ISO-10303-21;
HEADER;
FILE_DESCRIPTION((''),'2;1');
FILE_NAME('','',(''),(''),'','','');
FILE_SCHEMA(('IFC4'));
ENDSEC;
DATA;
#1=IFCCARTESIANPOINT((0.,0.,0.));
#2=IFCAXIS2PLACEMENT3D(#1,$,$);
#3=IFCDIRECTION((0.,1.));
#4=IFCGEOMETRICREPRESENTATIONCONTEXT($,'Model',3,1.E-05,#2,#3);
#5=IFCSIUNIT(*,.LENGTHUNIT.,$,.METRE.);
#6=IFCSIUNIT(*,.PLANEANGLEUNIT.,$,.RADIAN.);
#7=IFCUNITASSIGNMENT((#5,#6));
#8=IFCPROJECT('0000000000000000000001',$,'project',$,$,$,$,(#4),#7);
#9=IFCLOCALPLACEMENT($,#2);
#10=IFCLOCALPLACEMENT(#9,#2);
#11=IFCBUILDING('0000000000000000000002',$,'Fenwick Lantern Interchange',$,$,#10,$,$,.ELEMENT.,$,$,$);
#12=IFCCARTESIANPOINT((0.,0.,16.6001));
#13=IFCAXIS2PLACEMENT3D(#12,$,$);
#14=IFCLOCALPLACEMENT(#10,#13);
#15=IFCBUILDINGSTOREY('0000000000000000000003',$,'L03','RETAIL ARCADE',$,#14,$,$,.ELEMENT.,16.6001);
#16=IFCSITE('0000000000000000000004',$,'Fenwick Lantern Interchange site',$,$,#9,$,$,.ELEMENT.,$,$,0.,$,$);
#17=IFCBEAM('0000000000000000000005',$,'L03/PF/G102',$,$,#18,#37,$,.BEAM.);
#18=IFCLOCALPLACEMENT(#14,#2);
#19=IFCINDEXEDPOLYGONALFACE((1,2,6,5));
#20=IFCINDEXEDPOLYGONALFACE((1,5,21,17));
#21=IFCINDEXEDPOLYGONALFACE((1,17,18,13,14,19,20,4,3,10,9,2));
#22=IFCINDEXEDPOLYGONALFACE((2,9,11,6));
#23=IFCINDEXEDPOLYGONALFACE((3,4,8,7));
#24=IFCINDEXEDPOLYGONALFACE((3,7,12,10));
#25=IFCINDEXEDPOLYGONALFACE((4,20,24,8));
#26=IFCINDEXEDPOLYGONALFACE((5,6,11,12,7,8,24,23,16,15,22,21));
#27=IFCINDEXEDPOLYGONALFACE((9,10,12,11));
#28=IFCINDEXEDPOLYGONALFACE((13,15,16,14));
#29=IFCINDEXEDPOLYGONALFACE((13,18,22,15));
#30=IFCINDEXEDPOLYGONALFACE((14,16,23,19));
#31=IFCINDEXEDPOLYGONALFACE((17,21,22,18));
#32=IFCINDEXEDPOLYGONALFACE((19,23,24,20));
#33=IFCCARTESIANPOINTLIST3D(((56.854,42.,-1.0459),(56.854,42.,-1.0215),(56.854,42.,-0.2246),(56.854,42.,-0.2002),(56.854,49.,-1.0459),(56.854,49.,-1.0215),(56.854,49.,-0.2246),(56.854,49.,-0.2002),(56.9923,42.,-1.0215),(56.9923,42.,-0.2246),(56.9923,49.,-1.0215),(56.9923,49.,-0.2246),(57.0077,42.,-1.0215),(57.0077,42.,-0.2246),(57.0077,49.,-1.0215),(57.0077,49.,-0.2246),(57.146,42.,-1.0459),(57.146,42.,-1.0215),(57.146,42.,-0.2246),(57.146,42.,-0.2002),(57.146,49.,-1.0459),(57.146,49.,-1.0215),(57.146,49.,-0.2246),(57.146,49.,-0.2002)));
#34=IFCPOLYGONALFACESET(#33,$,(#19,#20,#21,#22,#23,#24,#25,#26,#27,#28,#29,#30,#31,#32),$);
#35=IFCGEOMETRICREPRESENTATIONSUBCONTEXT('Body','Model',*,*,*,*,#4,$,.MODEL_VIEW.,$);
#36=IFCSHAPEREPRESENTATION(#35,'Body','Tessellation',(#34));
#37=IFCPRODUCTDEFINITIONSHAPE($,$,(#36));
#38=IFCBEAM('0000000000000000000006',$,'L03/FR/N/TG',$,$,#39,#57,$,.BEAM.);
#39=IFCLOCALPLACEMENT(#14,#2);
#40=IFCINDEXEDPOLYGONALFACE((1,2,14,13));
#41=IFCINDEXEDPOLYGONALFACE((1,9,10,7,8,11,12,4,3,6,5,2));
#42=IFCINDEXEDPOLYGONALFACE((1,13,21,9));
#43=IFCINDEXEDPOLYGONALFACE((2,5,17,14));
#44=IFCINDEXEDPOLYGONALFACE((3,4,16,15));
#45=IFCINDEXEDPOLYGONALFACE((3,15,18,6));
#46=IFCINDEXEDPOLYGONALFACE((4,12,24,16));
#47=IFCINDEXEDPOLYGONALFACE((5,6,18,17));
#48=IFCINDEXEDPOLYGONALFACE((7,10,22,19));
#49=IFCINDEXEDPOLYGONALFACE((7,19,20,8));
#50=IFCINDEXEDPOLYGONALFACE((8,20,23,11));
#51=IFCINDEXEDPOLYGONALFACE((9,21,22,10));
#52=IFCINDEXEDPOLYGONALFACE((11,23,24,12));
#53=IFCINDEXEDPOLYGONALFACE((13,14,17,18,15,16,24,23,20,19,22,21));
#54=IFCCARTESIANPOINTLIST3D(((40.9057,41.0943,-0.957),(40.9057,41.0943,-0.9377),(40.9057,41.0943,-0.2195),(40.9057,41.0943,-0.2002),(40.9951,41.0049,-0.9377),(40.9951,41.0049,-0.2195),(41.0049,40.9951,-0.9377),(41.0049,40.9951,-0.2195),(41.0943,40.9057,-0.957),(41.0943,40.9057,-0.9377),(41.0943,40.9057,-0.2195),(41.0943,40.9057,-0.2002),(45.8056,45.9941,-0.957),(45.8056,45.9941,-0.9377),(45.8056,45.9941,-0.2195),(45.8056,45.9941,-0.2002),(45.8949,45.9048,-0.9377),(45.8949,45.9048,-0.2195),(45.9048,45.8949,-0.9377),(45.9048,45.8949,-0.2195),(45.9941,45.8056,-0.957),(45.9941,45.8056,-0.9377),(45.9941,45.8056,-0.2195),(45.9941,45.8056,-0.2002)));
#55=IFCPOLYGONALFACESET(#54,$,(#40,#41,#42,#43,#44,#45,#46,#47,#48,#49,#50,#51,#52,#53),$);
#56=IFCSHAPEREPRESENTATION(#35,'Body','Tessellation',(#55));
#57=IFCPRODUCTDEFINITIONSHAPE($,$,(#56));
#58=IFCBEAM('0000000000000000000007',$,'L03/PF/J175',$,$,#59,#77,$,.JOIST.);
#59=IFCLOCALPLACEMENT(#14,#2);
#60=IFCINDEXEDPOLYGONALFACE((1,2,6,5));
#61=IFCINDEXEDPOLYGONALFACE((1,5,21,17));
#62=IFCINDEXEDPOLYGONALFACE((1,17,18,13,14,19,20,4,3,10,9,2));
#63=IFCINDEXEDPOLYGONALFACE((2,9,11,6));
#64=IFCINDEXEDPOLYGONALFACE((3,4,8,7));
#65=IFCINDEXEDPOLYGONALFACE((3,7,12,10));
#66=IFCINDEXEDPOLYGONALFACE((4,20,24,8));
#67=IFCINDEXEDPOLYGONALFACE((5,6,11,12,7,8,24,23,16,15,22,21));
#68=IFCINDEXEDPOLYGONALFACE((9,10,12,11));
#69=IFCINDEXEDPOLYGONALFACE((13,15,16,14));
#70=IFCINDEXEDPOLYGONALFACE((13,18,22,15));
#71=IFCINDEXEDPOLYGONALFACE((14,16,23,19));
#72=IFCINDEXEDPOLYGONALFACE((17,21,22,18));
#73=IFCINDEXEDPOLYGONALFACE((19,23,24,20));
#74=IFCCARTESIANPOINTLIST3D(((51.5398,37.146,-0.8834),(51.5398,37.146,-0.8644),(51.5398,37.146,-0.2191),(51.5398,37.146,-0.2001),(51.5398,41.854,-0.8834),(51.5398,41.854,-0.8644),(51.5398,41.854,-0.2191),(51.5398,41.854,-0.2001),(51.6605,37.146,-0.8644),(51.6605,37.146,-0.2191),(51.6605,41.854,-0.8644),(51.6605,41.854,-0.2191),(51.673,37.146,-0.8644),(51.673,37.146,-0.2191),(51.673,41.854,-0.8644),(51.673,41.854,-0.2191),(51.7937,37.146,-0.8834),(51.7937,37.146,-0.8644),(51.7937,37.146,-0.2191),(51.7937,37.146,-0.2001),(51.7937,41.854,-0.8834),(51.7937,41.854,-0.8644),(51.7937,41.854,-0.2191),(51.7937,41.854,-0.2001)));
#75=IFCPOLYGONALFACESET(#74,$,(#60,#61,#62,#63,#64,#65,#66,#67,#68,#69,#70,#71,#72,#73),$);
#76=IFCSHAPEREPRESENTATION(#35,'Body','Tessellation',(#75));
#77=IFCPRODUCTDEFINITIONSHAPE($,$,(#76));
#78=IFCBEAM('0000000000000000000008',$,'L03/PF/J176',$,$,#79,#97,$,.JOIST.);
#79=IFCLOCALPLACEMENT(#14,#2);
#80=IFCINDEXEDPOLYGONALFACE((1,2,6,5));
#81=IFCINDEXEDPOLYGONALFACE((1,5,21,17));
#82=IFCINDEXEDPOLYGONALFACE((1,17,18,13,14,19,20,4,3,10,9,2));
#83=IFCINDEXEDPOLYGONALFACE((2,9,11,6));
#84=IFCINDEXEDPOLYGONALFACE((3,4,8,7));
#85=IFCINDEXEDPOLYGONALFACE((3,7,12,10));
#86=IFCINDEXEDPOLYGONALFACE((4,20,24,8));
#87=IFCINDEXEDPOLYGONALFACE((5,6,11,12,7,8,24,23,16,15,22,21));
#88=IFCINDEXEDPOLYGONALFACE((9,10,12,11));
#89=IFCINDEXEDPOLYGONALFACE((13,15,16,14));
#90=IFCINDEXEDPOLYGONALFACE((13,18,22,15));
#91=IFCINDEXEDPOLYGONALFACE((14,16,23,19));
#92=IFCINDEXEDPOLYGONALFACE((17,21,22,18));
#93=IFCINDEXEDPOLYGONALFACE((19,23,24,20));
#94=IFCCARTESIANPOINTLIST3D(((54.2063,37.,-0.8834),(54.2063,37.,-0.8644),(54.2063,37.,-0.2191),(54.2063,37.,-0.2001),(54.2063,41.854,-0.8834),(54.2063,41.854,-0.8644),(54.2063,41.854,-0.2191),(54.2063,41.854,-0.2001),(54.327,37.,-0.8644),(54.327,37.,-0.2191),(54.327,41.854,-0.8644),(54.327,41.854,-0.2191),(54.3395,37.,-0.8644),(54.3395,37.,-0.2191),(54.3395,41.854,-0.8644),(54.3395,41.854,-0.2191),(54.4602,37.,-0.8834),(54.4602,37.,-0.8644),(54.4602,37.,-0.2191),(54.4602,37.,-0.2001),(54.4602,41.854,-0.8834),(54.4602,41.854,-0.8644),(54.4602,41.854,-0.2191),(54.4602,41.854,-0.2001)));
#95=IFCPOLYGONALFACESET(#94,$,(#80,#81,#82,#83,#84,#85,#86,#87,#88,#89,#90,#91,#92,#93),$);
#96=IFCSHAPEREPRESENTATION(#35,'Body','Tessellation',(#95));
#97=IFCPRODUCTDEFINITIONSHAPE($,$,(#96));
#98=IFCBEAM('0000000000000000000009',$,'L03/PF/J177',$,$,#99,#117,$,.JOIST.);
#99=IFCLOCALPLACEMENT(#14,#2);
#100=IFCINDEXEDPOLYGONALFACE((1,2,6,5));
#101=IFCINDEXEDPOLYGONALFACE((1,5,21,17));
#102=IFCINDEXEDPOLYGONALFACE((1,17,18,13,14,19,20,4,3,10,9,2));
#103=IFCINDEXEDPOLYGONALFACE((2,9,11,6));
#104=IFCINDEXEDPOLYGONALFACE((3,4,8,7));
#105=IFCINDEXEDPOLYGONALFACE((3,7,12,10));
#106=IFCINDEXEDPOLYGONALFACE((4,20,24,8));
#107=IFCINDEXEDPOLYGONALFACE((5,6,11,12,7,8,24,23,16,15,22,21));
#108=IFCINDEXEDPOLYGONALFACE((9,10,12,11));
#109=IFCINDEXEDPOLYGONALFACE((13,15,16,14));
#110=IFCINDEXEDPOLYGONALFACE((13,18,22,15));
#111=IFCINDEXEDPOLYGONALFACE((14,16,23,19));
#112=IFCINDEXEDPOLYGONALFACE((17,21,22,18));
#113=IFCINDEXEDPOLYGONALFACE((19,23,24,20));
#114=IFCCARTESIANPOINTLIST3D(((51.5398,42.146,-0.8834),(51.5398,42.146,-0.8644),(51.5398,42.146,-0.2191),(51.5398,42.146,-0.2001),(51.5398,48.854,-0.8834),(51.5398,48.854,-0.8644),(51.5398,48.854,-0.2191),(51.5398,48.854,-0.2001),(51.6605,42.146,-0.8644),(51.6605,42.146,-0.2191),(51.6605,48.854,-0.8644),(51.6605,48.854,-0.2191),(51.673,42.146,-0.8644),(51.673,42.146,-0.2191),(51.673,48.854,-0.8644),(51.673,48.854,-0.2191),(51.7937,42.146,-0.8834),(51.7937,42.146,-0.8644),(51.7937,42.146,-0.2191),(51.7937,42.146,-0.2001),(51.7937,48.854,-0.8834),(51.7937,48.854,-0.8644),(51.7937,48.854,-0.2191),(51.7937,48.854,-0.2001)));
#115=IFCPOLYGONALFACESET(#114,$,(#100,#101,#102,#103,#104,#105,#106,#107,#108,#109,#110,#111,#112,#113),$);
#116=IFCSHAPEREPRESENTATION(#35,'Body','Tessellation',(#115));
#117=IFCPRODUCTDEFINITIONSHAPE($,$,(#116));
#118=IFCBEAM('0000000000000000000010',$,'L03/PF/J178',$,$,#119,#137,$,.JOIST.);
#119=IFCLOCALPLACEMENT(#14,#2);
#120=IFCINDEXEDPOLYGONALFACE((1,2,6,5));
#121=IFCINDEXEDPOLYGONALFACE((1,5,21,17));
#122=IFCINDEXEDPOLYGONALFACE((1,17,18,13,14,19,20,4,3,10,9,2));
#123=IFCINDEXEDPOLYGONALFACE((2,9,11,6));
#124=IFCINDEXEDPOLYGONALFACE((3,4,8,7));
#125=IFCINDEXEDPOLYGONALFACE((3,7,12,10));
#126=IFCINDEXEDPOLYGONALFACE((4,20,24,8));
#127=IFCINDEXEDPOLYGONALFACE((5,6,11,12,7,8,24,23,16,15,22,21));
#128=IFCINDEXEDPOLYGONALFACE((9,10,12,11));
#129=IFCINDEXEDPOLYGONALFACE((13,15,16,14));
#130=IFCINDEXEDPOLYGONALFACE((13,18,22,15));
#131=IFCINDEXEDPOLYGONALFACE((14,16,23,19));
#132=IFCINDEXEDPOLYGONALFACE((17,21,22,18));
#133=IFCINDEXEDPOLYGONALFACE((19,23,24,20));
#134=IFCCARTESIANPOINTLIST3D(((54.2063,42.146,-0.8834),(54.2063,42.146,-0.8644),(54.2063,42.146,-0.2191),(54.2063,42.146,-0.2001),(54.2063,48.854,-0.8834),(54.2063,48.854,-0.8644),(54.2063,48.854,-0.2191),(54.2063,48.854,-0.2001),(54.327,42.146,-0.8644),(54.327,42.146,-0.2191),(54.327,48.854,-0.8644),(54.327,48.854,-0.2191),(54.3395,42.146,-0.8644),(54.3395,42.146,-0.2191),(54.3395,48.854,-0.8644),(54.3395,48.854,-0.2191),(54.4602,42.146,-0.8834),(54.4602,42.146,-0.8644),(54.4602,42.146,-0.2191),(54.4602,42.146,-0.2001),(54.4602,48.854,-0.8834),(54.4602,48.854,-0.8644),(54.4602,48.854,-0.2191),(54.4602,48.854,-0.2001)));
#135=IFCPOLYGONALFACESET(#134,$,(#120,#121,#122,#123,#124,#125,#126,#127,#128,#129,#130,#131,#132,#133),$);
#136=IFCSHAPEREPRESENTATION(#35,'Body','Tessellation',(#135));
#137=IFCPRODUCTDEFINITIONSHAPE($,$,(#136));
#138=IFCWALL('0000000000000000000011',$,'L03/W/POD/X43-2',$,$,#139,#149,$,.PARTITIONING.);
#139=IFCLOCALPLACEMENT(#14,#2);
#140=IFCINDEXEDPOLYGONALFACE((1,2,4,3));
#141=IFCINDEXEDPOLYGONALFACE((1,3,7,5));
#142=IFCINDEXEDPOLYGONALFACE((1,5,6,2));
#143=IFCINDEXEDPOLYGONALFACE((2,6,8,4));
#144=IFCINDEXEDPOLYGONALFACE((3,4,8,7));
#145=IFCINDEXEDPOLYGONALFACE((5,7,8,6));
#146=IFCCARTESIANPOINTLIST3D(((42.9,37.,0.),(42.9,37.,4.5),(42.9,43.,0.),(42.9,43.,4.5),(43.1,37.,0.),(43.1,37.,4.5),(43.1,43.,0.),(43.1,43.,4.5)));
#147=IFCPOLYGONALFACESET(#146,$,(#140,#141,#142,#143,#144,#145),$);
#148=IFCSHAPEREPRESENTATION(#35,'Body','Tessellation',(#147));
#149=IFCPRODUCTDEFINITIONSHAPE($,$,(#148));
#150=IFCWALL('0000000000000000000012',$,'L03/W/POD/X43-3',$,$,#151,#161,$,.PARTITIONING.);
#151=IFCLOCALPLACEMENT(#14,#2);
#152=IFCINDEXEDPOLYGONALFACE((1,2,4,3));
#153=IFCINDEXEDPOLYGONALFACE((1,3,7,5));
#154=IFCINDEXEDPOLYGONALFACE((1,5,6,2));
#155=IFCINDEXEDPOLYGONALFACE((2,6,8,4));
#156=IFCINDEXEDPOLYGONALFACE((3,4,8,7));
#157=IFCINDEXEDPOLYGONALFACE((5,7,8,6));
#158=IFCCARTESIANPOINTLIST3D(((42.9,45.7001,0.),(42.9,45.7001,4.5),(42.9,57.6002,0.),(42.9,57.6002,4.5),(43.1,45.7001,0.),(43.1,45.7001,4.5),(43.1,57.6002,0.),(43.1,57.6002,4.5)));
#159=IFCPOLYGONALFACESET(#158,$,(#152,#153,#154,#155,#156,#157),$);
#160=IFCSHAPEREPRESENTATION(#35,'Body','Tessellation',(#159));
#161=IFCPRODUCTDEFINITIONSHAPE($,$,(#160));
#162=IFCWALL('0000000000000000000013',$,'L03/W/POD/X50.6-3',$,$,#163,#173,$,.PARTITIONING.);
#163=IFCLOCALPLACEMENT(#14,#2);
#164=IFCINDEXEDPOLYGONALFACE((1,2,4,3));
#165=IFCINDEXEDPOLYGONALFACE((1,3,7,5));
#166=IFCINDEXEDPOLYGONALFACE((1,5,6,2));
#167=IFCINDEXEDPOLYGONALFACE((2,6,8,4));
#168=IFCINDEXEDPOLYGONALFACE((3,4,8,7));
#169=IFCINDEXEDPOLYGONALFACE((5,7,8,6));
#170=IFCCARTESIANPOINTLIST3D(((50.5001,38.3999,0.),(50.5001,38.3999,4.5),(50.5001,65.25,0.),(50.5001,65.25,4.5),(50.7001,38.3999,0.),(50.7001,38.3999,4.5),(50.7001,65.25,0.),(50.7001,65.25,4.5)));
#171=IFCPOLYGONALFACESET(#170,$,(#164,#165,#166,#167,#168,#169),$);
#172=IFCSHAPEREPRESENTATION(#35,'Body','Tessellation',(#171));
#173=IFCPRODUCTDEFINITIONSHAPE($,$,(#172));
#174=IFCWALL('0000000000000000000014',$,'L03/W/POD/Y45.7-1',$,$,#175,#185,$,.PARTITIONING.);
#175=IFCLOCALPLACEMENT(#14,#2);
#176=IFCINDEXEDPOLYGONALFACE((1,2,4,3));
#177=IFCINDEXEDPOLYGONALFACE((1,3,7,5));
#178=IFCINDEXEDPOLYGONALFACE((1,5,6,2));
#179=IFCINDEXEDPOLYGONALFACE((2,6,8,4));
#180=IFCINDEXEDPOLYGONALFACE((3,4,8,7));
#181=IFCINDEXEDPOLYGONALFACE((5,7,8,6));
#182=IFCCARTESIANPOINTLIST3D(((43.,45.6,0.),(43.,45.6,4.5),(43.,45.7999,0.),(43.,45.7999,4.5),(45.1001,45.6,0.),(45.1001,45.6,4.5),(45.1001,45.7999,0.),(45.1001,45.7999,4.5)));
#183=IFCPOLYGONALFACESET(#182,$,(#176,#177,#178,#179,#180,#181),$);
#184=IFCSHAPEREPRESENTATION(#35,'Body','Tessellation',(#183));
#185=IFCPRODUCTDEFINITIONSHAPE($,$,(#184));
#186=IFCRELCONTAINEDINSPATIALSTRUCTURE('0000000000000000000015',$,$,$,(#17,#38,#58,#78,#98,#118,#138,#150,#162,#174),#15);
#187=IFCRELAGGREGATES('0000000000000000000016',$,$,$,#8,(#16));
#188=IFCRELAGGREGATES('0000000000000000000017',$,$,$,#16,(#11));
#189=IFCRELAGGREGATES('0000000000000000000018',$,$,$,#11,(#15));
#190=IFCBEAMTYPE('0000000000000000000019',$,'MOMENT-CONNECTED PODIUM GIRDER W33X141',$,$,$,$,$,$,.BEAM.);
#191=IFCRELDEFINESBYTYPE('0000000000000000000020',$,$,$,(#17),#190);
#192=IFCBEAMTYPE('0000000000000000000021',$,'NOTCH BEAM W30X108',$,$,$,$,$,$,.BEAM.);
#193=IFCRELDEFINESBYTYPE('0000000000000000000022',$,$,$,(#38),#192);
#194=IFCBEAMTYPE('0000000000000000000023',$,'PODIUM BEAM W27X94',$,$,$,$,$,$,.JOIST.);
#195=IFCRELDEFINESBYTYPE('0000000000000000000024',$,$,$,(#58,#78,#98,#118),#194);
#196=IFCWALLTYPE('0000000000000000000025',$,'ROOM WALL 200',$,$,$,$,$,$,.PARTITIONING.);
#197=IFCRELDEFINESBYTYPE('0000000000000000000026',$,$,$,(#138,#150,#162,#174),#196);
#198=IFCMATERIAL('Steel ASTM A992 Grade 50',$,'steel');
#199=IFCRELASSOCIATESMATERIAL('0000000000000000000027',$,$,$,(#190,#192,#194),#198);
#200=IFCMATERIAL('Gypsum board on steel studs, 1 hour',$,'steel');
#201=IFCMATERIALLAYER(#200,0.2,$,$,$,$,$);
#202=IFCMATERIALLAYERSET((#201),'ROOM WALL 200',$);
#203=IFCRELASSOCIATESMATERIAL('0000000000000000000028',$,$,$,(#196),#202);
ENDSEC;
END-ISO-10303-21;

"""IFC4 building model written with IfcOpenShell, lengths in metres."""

from ifc_helpers import new_model, si_unit, direction, frame, frame_2d, origin, origin_2d, place, context, subcontext, project, spatial, rectangle, i_section, extrude, material, layer, layer_set, material_profile, profile_set, type_object, element, save


model = new_model("IFC4")

# Units and contexts
model_context = context("Model", 3, precision=1e-05, world=origin(), true_north=direction((0.0, 1.0)))
body_context = subcontext(model_context, "Body", "Model", "MODEL_VIEW")
ifc_project = project(units=[si_unit("LENGTHUNIT", "METRE"), si_unit("PLANEANGLEUNIT", "RADIAN")], contexts=[model_context])

# Site, building, storey
site_placement = place(None, origin())
site = spatial("IfcSite", under=ifc_project, at=site_placement, Name="Fenwick Lantern Interchange site", CompositionType="ELEMENT", RefElevation=0.0)
building_placement = place(site_placement, origin())
building = spatial("IfcBuilding", under=site, at=building_placement, Name="Fenwick Lantern Interchange", CompositionType="ELEMENT")
storey_placement = place(building_placement, frame((0.0, 0.0, 16.6001)))
storey = spatial("IfcBuildingStorey", under=building, at=storey_placement, Name="L03", Description="RETAIL ARCADE", CompositionType="ELEMENT", Elevation=16.6001)

# Shared definitions
ifc_material_1 = material(Name="Steel ASTM A992 Grade 50", Category="steel")

# Beams
ifc_material_profile_1 = material_profile(ifc_material_1, i_section(OverallWidth=0.292, OverallDepth=0.8457, WebThickness=0.0154, FlangeThickness=0.0244, at=origin_2d()), Name="W33X141")
ifc_profile_set_1 = profile_set([ifc_material_profile_1], Name="Steel ASTM A992 Grade 50")
beam_type_1 = type_object("IfcBeamType", Name="MOMENT-CONNECTED PODIUM GIRDER W33X141", PredefinedType="BEAM", material=ifc_profile_set_1)
beam_1_placement = place(storey_placement, frame((57.0, 42.0, -0.623), z_axis=(0.0, 1.0, 0.0), x_axis=(-1.0, 0.0, 0.0)))
element("IfcBeam", 1, at=beam_1_placement, inside=storey, type_object=beam_type_1, Name="L03/PF/G102", PredefinedType="BEAM", context=body_context, shape_type="SweptSolid", body=[
    extrude(i_section(OverallWidth=0.292, OverallDepth=0.8457, WebThickness=0.0154, FlangeThickness=0.0244, at=origin_2d()), origin(), (0.0, 0.0, 1.0), 7.0),
])
ifc_material_profile_2 = material_profile(ifc_material_1, i_section(OverallWidth=0.2666, OverallDepth=0.7568, WebThickness=0.0139, FlangeThickness=0.0193, at=origin_2d()), Name="W30X108")
ifc_profile_set_2 = profile_set([ifc_material_profile_2], Name="Steel ASTM A992 Grade 50")
beam_type_2 = type_object("IfcBeamType", Name="NOTCH BEAM W30X108", PredefinedType="BEAM", material=ifc_profile_set_2)
beam_2_placement = place(storey_placement, frame((41.0, 41.0, -0.5786), z_axis=(0.707107, 0.707107, 0.0), x_axis=(-0.707107, 0.707107, 0.0)))
element("IfcBeam", 2, at=beam_2_placement, inside=storey, type_object=beam_type_2, Name="L03/FR/N/TG", PredefinedType="BEAM", context=body_context, shape_type="SweptSolid", body=[
    extrude(i_section(OverallWidth=0.2666, OverallDepth=0.7568, WebThickness=0.0139, FlangeThickness=0.0193, at=origin_2d()), origin(), (0.0, 0.0, 1.0), 6.9294),
])
ifc_material_profile_3 = material_profile(ifc_material_1, i_section(OverallWidth=0.2539, OverallDepth=0.6833, WebThickness=0.0125, FlangeThickness=0.019, at=origin_2d()), Name="W27X94")
ifc_profile_set_3 = profile_set([ifc_material_profile_3], Name="Steel ASTM A992 Grade 50")
beam_type_3 = type_object("IfcBeamType", Name="PODIUM BEAM W27X94", PredefinedType="JOIST", material=ifc_profile_set_3)
beam_3_placement = place(storey_placement, frame((51.6667, 37.146, -0.5417), z_axis=(0.0, 1.0, 0.0), x_axis=(-1.0, 0.0, 0.0)))
element("IfcBeam", 3, at=beam_3_placement, inside=storey, type_object=beam_type_3, Name="L03/PF/J175", PredefinedType="JOIST", context=body_context, shape_type="SweptSolid", body=[
    extrude(i_section(OverallWidth=0.2539, OverallDepth=0.6833, WebThickness=0.0125, FlangeThickness=0.019, at=origin_2d()), origin(), (0.0, 0.0, 1.0), 4.708),
])
beam_4_placement = place(storey_placement, frame((54.3333, 37.0, -0.5417), z_axis=(0.0, 1.0, 0.0), x_axis=(-1.0, 0.0, 0.0)))
element("IfcBeam", 4, at=beam_4_placement, inside=storey, type_object=beam_type_3, Name="L03/PF/J176", PredefinedType="JOIST", context=body_context, shape_type="SweptSolid", body=[
    extrude(i_section(OverallWidth=0.2539, OverallDepth=0.6833, WebThickness=0.0125, FlangeThickness=0.019, at=origin_2d()), origin(), (0.0, 0.0, 1.0), 4.854),
])
for number, where, z_axis, x_axis, name in (
    (5, (51.6667, 42.146, -0.5417), (0.0, 1.0, 0.0), (-1.0, 0.0, 0.0), "L03/PF/J177"),
    (6, (54.3333, 42.146, -0.5417), (0.0, 1.0, 0.0), (-1.0, 0.0, 0.0), "L03/PF/J178"),
):
    element("IfcBeam", number, at=place(storey_placement, frame(where, z_axis=z_axis, x_axis=x_axis)), inside=storey, type_object=beam_type_3, Name=name, PredefinedType="JOIST", context=body_context, shape_type="SweptSolid", body=[
        extrude(i_section(OverallWidth=0.2539, OverallDepth=0.6833, WebThickness=0.0125, FlangeThickness=0.019, at=origin_2d()), origin(), (0.0, 0.0, 1.0), 6.708),
    ])

# Walls
ifc_material_2 = material(Name="Gypsum board on steel studs, 1 hour", Category="steel")
ifc_layer_1 = layer(ifc_material_2, 0.2)
ifc_layer_set_1 = layer_set([ifc_layer_1], Name="ROOM WALL 200")
wall_type_1 = type_object("IfcWallType", Name="ROOM WALL 200", PredefinedType="PARTITIONING", material=ifc_layer_set_1)
wall_1_placement = place(storey_placement, frame((43.0, 37.0, 0.0), z_axis=(0.0, 0.0, 1.0), x_axis=(0.0, 1.0, 0.0)))
element("IfcWall", 7, at=wall_1_placement, inside=storey, type_object=wall_type_1, Name="L03/W/POD/X43-2", PredefinedType="PARTITIONING", context=body_context, shape_type="SweptSolid", body=[
    extrude(rectangle(XDim=6.0, YDim=0.2, at=frame_2d((3.0, 0.0))), origin(), (0.0, 0.0, 1.0), 4.5),
])
wall_2_placement = place(storey_placement, frame((43.0, 45.7, 0.0), z_axis=(0.0, 0.0, 1.0), x_axis=(0.0, 1.0, 0.0)))
element("IfcWall", 8, at=wall_2_placement, inside=storey, type_object=wall_type_1, Name="L03/W/POD/X43-3", PredefinedType="PARTITIONING", context=body_context, shape_type="SweptSolid", body=[
    extrude(rectangle(XDim=11.9001, YDim=0.2, at=frame_2d((5.9502, 0.0))), origin(), (0.0, 0.0, 1.0), 4.5),
])
wall_3_placement = place(storey_placement, frame((50.6001, 38.3999, 0.0), z_axis=(0.0, 0.0, 1.0), x_axis=(0.0, 1.0, 0.0)))
element("IfcWall", 9, at=wall_3_placement, inside=storey, type_object=wall_type_1, Name="L03/W/POD/X50.6-3", PredefinedType="PARTITIONING", context=body_context, shape_type="SweptSolid", body=[
    extrude(rectangle(XDim=26.8501, YDim=0.2, at=frame_2d((13.425, 0.0))), origin(), (0.0, 0.0, 1.0), 4.5),
])

# Wall
wall_4_placement = place(storey_placement, frame((43.0, 45.7, 0.0), z_axis=(0.0, 0.0, 1.0), x_axis=(1.0, 0.0, 0.0)))
element("IfcWall", 10, at=wall_4_placement, inside=storey, type_object=wall_type_1, Name="L03/W/POD/Y45.7-1", PredefinedType="PARTITIONING", context=body_context, shape_type="SweptSolid", body=[
    extrude(rectangle(XDim=2.1001, YDim=0.2, at=frame_2d((1.05, 0.0))), origin(), (0.0, 0.0, 1.0), 4.5),
])

save(model, "model.ifc")
